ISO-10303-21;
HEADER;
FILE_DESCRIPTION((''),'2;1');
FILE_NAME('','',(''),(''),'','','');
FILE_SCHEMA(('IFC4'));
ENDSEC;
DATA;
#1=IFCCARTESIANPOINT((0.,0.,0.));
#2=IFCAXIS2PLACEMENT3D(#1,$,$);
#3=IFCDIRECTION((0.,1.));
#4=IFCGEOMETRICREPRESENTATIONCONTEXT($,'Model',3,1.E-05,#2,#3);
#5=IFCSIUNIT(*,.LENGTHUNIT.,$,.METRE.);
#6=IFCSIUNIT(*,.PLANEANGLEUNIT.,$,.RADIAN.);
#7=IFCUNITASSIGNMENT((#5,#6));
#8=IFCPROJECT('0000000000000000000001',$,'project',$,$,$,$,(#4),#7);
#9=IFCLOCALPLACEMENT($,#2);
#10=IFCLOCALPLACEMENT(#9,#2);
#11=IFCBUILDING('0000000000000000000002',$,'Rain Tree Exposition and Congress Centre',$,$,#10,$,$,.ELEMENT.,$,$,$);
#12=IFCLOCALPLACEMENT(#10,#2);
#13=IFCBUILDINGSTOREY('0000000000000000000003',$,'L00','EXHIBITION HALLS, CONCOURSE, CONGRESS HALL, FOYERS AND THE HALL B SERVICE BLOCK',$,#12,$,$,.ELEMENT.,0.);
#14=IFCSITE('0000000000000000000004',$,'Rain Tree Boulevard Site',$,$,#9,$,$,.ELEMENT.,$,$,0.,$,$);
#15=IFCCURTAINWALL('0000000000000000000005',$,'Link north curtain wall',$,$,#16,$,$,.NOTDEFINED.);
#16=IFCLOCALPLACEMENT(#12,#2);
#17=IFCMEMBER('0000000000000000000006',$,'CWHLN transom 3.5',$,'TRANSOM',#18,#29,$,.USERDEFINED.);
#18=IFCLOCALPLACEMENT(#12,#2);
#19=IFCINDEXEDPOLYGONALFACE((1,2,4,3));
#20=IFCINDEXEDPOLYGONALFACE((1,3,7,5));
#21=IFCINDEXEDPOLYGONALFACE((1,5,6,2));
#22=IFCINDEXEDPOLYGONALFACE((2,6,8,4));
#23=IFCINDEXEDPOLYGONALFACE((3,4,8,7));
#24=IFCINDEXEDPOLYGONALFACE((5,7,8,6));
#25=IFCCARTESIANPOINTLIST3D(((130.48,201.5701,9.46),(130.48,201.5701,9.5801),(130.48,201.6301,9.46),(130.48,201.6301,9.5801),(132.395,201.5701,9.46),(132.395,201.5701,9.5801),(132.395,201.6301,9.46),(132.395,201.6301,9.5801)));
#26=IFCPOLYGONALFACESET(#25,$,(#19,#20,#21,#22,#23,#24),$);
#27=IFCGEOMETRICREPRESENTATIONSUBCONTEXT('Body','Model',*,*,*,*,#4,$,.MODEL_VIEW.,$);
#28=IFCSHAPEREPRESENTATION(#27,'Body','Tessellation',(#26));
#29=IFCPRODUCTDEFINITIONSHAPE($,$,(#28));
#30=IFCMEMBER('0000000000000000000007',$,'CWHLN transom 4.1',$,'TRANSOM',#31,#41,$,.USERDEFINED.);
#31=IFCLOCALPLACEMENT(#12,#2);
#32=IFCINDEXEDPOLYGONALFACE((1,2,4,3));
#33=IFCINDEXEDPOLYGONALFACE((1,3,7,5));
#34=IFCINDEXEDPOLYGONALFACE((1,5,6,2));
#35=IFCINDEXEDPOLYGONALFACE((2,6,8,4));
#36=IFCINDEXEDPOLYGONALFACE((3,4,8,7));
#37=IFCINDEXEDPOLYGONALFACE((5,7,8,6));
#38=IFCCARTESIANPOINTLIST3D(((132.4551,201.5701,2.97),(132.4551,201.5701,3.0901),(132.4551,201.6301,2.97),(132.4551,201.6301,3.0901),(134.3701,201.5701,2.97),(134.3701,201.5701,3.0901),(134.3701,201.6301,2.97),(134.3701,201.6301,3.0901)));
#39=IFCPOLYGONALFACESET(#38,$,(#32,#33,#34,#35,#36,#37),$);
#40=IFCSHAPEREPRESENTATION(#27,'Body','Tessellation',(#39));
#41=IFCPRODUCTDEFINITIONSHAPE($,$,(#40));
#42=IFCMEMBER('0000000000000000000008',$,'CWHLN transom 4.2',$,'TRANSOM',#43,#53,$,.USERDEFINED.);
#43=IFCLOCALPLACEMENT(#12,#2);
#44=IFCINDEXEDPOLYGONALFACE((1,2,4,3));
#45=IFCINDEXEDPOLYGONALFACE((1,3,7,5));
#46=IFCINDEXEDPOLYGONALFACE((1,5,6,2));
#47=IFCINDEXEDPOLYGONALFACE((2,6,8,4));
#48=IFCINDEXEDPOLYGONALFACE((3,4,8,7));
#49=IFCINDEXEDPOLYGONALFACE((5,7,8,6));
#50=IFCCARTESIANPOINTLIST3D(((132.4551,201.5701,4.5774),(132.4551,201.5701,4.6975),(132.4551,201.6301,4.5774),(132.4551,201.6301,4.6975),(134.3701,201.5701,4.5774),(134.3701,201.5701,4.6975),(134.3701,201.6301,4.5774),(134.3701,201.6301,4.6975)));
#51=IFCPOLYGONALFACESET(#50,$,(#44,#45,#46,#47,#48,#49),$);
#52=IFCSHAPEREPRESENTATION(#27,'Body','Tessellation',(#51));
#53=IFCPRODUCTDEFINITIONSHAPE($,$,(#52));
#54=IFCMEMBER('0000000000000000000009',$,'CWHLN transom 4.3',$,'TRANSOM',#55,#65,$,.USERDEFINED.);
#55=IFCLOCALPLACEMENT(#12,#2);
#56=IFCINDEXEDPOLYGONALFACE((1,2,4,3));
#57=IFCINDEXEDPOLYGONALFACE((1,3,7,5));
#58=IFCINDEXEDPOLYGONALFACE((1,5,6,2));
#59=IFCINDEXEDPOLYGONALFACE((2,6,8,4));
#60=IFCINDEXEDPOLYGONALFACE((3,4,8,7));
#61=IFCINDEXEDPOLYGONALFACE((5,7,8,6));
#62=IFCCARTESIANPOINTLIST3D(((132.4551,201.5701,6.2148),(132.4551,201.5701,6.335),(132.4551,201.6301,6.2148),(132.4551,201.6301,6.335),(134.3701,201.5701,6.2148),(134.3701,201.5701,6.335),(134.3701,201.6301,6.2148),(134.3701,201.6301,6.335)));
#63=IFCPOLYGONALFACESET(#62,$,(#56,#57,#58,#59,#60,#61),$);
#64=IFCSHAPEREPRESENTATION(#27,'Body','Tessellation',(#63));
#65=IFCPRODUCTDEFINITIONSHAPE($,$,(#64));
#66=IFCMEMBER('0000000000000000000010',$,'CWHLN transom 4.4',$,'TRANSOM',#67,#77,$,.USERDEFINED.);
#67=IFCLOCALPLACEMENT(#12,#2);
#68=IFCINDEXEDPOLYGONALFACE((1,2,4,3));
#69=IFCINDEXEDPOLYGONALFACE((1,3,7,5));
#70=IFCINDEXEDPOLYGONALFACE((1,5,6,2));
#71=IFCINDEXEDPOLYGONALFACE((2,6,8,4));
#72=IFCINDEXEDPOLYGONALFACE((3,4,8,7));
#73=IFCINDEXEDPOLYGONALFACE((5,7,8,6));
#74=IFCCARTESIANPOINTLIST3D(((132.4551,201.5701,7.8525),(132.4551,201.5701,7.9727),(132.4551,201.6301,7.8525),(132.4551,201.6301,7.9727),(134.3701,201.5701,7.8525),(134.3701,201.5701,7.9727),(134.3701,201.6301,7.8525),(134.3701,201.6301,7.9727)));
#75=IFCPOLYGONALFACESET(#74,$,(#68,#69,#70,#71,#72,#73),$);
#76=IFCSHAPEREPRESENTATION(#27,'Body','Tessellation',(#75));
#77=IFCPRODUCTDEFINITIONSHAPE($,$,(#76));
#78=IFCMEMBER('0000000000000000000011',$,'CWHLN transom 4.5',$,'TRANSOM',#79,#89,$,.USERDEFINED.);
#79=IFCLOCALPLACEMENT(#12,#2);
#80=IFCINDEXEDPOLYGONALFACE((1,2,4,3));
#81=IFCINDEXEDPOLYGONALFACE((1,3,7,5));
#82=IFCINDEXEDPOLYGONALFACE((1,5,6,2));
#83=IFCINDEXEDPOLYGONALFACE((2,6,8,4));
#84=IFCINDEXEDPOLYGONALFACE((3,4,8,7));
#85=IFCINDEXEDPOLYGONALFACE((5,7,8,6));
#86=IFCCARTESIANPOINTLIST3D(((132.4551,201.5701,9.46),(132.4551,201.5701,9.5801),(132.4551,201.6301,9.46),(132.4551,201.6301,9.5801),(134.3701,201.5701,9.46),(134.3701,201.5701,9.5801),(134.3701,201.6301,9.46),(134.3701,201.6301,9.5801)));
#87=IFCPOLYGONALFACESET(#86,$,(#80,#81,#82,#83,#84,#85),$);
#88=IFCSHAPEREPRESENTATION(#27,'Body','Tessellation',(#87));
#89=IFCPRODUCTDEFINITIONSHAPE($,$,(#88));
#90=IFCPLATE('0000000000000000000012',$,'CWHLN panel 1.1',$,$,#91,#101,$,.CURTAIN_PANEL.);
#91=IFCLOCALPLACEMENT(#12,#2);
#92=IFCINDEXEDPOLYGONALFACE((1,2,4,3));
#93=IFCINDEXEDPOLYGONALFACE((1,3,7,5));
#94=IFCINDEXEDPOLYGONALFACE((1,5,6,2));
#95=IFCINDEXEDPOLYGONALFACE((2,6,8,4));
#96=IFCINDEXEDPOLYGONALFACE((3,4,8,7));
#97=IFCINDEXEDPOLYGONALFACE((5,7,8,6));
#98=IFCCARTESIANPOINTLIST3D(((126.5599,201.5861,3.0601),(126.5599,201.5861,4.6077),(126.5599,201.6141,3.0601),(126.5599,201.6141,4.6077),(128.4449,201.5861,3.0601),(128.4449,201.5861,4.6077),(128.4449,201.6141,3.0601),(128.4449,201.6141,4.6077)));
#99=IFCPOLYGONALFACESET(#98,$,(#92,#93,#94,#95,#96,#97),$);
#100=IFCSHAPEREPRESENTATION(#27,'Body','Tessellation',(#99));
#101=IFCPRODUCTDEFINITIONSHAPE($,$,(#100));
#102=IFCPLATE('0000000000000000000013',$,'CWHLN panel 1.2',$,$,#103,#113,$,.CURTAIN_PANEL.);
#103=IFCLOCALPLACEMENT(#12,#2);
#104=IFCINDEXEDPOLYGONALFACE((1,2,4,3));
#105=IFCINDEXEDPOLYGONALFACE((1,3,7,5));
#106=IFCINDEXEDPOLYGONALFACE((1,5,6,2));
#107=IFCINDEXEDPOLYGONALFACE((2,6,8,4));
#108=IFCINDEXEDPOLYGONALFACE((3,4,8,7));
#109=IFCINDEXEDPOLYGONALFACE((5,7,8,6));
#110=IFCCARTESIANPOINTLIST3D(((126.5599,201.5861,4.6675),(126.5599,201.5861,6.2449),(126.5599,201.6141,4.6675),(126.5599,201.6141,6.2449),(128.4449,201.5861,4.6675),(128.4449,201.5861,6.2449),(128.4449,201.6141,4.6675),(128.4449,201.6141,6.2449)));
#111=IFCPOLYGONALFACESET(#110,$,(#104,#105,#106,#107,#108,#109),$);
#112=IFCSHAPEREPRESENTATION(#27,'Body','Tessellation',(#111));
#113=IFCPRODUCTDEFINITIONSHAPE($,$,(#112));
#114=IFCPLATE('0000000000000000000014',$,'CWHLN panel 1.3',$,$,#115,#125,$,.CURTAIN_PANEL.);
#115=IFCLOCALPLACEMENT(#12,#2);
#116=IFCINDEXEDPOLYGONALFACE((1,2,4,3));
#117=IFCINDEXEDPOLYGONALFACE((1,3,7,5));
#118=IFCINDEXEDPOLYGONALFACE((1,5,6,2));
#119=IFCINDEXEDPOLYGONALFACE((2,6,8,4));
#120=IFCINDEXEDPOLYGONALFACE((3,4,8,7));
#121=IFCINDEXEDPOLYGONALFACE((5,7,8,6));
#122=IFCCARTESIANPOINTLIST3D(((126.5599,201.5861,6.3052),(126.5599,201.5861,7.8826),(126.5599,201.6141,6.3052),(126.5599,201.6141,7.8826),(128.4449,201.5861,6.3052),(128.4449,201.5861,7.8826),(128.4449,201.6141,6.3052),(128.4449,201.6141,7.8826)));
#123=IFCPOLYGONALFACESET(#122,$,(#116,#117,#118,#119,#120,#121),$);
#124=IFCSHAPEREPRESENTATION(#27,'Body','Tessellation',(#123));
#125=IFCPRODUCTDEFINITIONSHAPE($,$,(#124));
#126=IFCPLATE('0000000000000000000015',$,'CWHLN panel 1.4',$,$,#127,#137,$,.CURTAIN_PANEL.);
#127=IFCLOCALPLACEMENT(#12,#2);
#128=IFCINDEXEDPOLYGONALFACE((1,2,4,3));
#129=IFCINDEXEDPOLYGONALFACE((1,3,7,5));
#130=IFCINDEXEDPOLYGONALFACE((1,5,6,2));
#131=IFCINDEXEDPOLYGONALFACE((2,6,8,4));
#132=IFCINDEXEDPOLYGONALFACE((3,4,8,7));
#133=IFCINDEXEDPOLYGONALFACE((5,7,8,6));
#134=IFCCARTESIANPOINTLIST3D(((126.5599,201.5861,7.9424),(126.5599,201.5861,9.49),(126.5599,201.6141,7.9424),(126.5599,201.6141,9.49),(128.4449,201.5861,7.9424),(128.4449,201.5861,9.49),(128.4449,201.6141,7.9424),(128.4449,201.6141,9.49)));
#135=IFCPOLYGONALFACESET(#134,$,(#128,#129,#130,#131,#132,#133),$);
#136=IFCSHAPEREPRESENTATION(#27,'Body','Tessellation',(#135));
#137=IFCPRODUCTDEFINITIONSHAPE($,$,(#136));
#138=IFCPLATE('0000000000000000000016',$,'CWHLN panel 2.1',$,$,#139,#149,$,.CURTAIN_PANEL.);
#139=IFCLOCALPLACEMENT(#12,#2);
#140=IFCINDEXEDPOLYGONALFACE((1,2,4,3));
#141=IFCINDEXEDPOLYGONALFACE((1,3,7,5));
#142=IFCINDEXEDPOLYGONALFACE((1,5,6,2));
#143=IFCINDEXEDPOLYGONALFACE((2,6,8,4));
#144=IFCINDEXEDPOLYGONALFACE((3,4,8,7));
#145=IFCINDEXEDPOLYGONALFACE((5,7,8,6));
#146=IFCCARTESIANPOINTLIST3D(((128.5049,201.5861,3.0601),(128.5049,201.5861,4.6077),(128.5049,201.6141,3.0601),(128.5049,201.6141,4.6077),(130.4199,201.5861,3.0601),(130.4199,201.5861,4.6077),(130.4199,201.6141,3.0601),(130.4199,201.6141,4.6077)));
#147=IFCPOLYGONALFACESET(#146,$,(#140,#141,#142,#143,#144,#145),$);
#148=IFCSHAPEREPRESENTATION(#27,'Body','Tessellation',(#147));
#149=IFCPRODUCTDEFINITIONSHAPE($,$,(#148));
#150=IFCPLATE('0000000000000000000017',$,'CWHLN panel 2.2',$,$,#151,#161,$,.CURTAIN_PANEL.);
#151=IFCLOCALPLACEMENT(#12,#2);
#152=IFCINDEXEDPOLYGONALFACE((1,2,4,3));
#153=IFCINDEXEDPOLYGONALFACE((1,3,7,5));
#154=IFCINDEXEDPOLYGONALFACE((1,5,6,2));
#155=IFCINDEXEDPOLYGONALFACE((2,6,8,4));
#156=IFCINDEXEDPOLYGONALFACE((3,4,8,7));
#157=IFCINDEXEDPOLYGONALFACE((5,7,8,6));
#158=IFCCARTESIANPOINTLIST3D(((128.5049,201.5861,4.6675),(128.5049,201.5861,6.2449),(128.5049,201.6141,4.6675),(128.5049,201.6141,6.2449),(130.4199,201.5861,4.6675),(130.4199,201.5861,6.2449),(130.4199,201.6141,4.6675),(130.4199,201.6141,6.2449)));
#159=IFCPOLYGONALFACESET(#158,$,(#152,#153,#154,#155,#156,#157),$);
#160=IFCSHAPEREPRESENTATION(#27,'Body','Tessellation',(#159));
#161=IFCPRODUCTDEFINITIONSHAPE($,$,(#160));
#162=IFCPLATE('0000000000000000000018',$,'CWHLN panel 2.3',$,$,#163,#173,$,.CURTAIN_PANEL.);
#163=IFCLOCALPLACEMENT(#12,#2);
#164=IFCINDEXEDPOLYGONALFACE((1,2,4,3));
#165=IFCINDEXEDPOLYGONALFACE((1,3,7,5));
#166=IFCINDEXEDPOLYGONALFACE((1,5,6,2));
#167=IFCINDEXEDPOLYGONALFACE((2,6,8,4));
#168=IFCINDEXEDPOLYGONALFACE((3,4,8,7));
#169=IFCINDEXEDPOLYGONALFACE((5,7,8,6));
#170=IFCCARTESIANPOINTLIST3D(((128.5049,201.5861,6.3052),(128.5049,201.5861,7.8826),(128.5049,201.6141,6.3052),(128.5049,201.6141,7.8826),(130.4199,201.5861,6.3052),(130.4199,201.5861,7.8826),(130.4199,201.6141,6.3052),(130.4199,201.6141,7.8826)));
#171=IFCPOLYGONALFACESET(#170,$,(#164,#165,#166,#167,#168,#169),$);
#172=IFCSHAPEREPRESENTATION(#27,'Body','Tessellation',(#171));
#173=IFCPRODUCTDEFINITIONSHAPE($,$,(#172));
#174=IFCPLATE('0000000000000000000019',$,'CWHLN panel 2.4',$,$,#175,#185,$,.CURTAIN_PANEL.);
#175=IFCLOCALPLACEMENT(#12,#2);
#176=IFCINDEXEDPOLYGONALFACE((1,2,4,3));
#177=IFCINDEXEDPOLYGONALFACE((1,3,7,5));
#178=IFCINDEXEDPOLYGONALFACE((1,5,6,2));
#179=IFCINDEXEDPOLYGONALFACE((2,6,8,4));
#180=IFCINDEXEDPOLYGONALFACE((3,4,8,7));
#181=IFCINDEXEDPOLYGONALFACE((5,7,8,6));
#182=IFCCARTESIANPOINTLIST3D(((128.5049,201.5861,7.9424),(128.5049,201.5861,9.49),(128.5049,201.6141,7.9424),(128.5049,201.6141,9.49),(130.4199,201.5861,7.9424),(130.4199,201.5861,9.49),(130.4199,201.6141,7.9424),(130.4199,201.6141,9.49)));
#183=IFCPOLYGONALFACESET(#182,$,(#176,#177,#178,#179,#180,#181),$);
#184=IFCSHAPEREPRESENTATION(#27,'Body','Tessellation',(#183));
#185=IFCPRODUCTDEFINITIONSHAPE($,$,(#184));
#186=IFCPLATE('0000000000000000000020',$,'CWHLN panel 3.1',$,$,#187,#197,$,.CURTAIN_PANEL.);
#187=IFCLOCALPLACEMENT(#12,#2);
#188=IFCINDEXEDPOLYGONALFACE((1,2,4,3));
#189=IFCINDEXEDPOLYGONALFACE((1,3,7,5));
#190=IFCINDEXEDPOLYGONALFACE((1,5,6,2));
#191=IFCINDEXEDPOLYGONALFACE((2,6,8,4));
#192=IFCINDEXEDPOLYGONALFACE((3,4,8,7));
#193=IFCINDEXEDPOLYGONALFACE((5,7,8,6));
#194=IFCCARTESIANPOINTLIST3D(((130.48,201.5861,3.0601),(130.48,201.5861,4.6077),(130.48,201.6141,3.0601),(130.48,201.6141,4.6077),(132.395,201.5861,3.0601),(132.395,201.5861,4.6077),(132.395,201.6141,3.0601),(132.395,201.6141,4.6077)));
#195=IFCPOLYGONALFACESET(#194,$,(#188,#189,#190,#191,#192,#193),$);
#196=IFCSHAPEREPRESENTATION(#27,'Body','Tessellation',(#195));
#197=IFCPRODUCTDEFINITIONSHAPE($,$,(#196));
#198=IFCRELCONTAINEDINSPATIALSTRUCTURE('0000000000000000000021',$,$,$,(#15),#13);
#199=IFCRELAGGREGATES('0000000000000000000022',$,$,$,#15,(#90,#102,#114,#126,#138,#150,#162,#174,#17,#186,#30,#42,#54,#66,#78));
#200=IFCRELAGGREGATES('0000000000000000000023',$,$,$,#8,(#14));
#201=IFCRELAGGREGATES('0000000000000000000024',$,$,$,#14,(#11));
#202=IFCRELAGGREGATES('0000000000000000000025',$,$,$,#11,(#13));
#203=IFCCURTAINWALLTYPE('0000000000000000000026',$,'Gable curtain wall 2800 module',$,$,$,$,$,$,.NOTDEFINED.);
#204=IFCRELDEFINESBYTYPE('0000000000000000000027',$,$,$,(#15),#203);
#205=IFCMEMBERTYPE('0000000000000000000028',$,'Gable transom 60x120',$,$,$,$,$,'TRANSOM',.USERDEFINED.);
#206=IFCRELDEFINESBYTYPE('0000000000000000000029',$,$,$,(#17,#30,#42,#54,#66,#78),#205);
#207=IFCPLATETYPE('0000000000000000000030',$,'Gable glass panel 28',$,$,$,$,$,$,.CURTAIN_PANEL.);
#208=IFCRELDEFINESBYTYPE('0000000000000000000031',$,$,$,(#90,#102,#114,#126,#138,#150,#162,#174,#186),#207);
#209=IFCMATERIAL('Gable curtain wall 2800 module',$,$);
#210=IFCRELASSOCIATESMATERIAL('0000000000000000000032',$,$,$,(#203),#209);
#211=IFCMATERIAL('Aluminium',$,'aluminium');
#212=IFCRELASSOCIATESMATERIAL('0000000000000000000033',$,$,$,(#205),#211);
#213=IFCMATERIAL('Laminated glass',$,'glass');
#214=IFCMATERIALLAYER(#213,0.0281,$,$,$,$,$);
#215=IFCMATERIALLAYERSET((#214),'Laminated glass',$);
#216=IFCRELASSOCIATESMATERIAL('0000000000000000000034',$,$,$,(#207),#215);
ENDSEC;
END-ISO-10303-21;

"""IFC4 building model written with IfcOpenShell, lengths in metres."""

from ifc_helpers import new_model, si_unit, direction, frame, origin, origin_2d, place, context, subcontext, project, spatial, rectangle, extrude, material, layer, layer_set, material_profile, profile_set, type_object, element, aggregate, save


model = new_model("IFC4")

# Units and contexts
model_context = context("Model", 3, precision=1e-05, world=origin(), true_north=direction((0.0, 1.0)))
body_context = subcontext(model_context, "Body", "Model", "MODEL_VIEW")
ifc_project = project(units=[si_unit("LENGTHUNIT", "METRE"), si_unit("PLANEANGLEUNIT", "RADIAN")], contexts=[model_context])

# Site, building, storey
site_placement = place(None, origin())
site = spatial("IfcSite", under=ifc_project, at=site_placement, Name="Rain Tree Boulevard Site", CompositionType="ELEMENT", RefElevation=0.0)
building_placement = place(site_placement, origin())
building = spatial("IfcBuilding", under=site, at=building_placement, Name="Rain Tree Exposition and Congress Centre", CompositionType="ELEMENT")
storey_placement = place(building_placement, origin())
storey = spatial("IfcBuildingStorey", under=building, at=storey_placement, Name="L00", Description="EXHIBITION HALLS, CONCOURSE, CONGRESS HALL, FOYERS AND THE HALL B SERVICE BLOCK", CompositionType="ELEMENT", Elevation=0.0)

# Curtain wall, members, plates
ifc_material_1 = material(Name="Gable curtain wall 2800 module")
curtain_wall_type = type_object("IfcCurtainWallType", Name="Gable curtain wall 2800 module", PredefinedType="NOTDEFINED", material=ifc_material_1)
curtain_wall_placement = place(storey_placement, origin())
curtain_wall = element("IfcCurtainWall", 1, at=curtain_wall_placement, inside=storey, type_object=curtain_wall_type, Name="Link north curtain wall", PredefinedType="NOTDEFINED")
ifc_material_2 = material(Name="Aluminium", Category="aluminium")
ifc_material_profile_1 = material_profile(ifc_material_2, rectangle(XDim=0.0601, YDim=0.1201, at=origin_2d()), Name="Aluminium 60x120")
ifc_profile_set_1 = profile_set([ifc_material_profile_1], Name="Aluminium")
member_type_1 = type_object("IfcMemberType", Name="Gable transom 60x120", ElementType="TRANSOM", PredefinedType="USERDEFINED", material=ifc_profile_set_1)
member_1_placement = place(storey_placement, frame((130.48, 201.6001, 9.52), z_axis=(1.0, 0.0, 0.0), x_axis=(0.0, 1.0, 0.0)))
member_1 = element("IfcMember", 2, at=member_1_placement, type_object=member_type_1, Name="CWHLN transom 3.5", ObjectType="TRANSOM", PredefinedType="USERDEFINED", context=body_context, shape_type="SweptSolid", body=[
    extrude(rectangle(XDim=0.0601, YDim=0.1201, at=origin_2d()), origin(), (0.0, 0.0, 1.0), 1.915),
])
member_2_placement = place(storey_placement, frame((132.4551, 201.6001, 3.03), z_axis=(1.0, 0.0, 0.0), x_axis=(0.0, 1.0, 0.0)))
member_2 = element("IfcMember", 3, at=member_2_placement, type_object=member_type_1, Name="CWHLN transom 4.1", ObjectType="TRANSOM", PredefinedType="USERDEFINED", context=body_context, shape_type="SweptSolid", body=[
    extrude(rectangle(XDim=0.0601, YDim=0.1201, at=origin_2d()), origin(), (0.0, 0.0, 1.0), 1.915),
])
member_3_placement = place(storey_placement, frame((132.4551, 201.6001, 4.6375), z_axis=(1.0, 0.0, 0.0), x_axis=(0.0, 1.0, 0.0)))
member_3 = element("IfcMember", 4, at=member_3_placement, type_object=member_type_1, Name="CWHLN transom 4.2", ObjectType="TRANSOM", PredefinedType="USERDEFINED", context=body_context, shape_type="SweptSolid", body=[
    extrude(rectangle(XDim=0.0601, YDim=0.1201, at=origin_2d()), origin(), (0.0, 0.0, 1.0), 1.915),
])
member_4_placement = place(storey_placement, frame((132.4551, 201.6001, 6.2749), z_axis=(1.0, 0.0, 0.0), x_axis=(0.0, 1.0, 0.0)))
member_4 = element("IfcMember", 5, at=member_4_placement, type_object=member_type_1, Name="CWHLN transom 4.3", ObjectType="TRANSOM", PredefinedType="USERDEFINED", context=body_context, shape_type="SweptSolid", body=[
    extrude(rectangle(XDim=0.0601, YDim=0.1201, at=origin_2d()), origin(), (0.0, 0.0, 1.0), 1.915),
])
member_5_placement = place(storey_placement, frame((132.4551, 201.6001, 7.9126), z_axis=(1.0, 0.0, 0.0), x_axis=(0.0, 1.0, 0.0)))
member_5 = element("IfcMember", 6, at=member_5_placement, type_object=member_type_1, Name="CWHLN transom 4.4", ObjectType="TRANSOM", PredefinedType="USERDEFINED", context=body_context, shape_type="SweptSolid", body=[
    extrude(rectangle(XDim=0.0601, YDim=0.1201, at=origin_2d()), origin(), (0.0, 0.0, 1.0), 1.915),
])
member_6_placement = place(storey_placement, frame((132.4551, 201.6001, 9.52), z_axis=(1.0, 0.0, 0.0), x_axis=(0.0, 1.0, 0.0)))
member_6 = element("IfcMember", 7, at=member_6_placement, type_object=member_type_1, Name="CWHLN transom 4.5", ObjectType="TRANSOM", PredefinedType="USERDEFINED", context=body_context, shape_type="SweptSolid", body=[
    extrude(rectangle(XDim=0.0601, YDim=0.1201, at=origin_2d()), origin(), (0.0, 0.0, 1.0), 1.915),
])
ifc_material_3 = material(Name="Laminated glass", Category="glass")
ifc_layer = layer(ifc_material_3, 0.0281)
ifc_layer_set = layer_set([ifc_layer], Name="Laminated glass")
plate_type = type_object("IfcPlateType", Name="Gable glass panel 28", PredefinedType="CURTAIN_PANEL", material=ifc_layer_set)
plate_1_placement = place(storey_placement, frame((127.5024, 201.6001, 3.0601), z_axis=(0.0, 0.0, 1.0), x_axis=(1.0, 0.0, 0.0)))
plate_1 = element("IfcPlate", 8, at=plate_1_placement, type_object=plate_type, Name="CWHLN panel 1.1", PredefinedType="CURTAIN_PANEL", context=body_context, shape_type="SweptSolid", body=[
    extrude(rectangle(XDim=1.885, YDim=0.0281, at=origin_2d()), origin(), (0.0, 0.0, 1.0), 1.5476),
])
plate_2_placement = place(storey_placement, frame((127.5024, 201.6001, 4.6675), z_axis=(0.0, 0.0, 1.0), x_axis=(1.0, 0.0, 0.0)))
plate_2 = element("IfcPlate", 9, at=plate_2_placement, type_object=plate_type, Name="CWHLN panel 1.2", PredefinedType="CURTAIN_PANEL", context=body_context, shape_type="SweptSolid", body=[
    extrude(rectangle(XDim=1.885, YDim=0.0281, at=origin_2d()), origin(), (0.0, 0.0, 1.0), 1.5774),
])
plate_3_placement = place(storey_placement, frame((127.5024, 201.6001, 6.3052), z_axis=(0.0, 0.0, 1.0), x_axis=(1.0, 0.0, 0.0)))
plate_3 = element("IfcPlate", 10, at=plate_3_placement, type_object=plate_type, Name="CWHLN panel 1.3", PredefinedType="CURTAIN_PANEL", context=body_context, shape_type="SweptSolid", body=[
    extrude(rectangle(XDim=1.885, YDim=0.0281, at=origin_2d()), origin(), (0.0, 0.0, 1.0), 1.5774),
])
plate_4_placement = place(storey_placement, frame((127.5024, 201.6001, 7.9424), z_axis=(0.0, 0.0, 1.0), x_axis=(1.0, 0.0, 0.0)))
plate_4 = element("IfcPlate", 11, at=plate_4_placement, type_object=plate_type, Name="CWHLN panel 1.4", PredefinedType="CURTAIN_PANEL", context=body_context, shape_type="SweptSolid", body=[
    extrude(rectangle(XDim=1.885, YDim=0.0281, at=origin_2d()), origin(), (0.0, 0.0, 1.0), 1.5476),
])
plate_5_placement = place(storey_placement, frame((129.4624, 201.6001, 3.0601), z_axis=(0.0, 0.0, 1.0), x_axis=(1.0, 0.0, 0.0)))
plate_5 = element("IfcPlate", 12, at=plate_5_placement, type_object=plate_type, Name="CWHLN panel 2.1", PredefinedType="CURTAIN_PANEL", context=body_context, shape_type="SweptSolid", body=[
    extrude(rectangle(XDim=1.915, YDim=0.0281, at=origin_2d()), origin(), (0.0, 0.0, 1.0), 1.5476),
])
plate_6_placement = place(storey_placement, frame((129.4624, 201.6001, 4.6675), z_axis=(0.0, 0.0, 1.0), x_axis=(1.0, 0.0, 0.0)))
plate_6 = element("IfcPlate", 13, at=plate_6_placement, type_object=plate_type, Name="CWHLN panel 2.2", PredefinedType="CURTAIN_PANEL", context=body_context, shape_type="SweptSolid", body=[
    extrude(rectangle(XDim=1.915, YDim=0.0281, at=origin_2d()), origin(), (0.0, 0.0, 1.0), 1.5774),
])
plate_7_placement = place(storey_placement, frame((129.4624, 201.6001, 6.3052), z_axis=(0.0, 0.0, 1.0), x_axis=(1.0, 0.0, 0.0)))
plate_7 = element("IfcPlate", 14, at=plate_7_placement, type_object=plate_type, Name="CWHLN panel 2.3", PredefinedType="CURTAIN_PANEL", context=body_context, shape_type="SweptSolid", body=[
    extrude(rectangle(XDim=1.915, YDim=0.0281, at=origin_2d()), origin(), (0.0, 0.0, 1.0), 1.5774),
])
plate_8_placement = place(storey_placement, frame((129.4624, 201.6001, 7.9424), z_axis=(0.0, 0.0, 1.0), x_axis=(1.0, 0.0, 0.0)))
plate_8 = element("IfcPlate", 15, at=plate_8_placement, type_object=plate_type, Name="CWHLN panel 2.4", PredefinedType="CURTAIN_PANEL", context=body_context, shape_type="SweptSolid", body=[
    extrude(rectangle(XDim=1.915, YDim=0.0281, at=origin_2d()), origin(), (0.0, 0.0, 1.0), 1.5476),
])
plate_9_placement = place(storey_placement, frame((131.4375, 201.6001, 3.0601), z_axis=(0.0, 0.0, 1.0), x_axis=(1.0, 0.0, 0.0)))
plate_9 = element("IfcPlate", 16, at=plate_9_placement, type_object=plate_type, Name="CWHLN panel 3.1", PredefinedType="CURTAIN_PANEL", context=body_context, shape_type="SweptSolid", body=[
    extrude(rectangle(XDim=1.915, YDim=0.0281, at=origin_2d()), origin(), (0.0, 0.0, 1.0), 1.5476),
])
aggregate(curtain_wall, [plate_1, plate_2, plate_3, plate_4, plate_5, plate_6, plate_7, plate_8, member_1, plate_9, member_2, member_3, member_4, member_5, member_6])

save(model, "model.ifc")
